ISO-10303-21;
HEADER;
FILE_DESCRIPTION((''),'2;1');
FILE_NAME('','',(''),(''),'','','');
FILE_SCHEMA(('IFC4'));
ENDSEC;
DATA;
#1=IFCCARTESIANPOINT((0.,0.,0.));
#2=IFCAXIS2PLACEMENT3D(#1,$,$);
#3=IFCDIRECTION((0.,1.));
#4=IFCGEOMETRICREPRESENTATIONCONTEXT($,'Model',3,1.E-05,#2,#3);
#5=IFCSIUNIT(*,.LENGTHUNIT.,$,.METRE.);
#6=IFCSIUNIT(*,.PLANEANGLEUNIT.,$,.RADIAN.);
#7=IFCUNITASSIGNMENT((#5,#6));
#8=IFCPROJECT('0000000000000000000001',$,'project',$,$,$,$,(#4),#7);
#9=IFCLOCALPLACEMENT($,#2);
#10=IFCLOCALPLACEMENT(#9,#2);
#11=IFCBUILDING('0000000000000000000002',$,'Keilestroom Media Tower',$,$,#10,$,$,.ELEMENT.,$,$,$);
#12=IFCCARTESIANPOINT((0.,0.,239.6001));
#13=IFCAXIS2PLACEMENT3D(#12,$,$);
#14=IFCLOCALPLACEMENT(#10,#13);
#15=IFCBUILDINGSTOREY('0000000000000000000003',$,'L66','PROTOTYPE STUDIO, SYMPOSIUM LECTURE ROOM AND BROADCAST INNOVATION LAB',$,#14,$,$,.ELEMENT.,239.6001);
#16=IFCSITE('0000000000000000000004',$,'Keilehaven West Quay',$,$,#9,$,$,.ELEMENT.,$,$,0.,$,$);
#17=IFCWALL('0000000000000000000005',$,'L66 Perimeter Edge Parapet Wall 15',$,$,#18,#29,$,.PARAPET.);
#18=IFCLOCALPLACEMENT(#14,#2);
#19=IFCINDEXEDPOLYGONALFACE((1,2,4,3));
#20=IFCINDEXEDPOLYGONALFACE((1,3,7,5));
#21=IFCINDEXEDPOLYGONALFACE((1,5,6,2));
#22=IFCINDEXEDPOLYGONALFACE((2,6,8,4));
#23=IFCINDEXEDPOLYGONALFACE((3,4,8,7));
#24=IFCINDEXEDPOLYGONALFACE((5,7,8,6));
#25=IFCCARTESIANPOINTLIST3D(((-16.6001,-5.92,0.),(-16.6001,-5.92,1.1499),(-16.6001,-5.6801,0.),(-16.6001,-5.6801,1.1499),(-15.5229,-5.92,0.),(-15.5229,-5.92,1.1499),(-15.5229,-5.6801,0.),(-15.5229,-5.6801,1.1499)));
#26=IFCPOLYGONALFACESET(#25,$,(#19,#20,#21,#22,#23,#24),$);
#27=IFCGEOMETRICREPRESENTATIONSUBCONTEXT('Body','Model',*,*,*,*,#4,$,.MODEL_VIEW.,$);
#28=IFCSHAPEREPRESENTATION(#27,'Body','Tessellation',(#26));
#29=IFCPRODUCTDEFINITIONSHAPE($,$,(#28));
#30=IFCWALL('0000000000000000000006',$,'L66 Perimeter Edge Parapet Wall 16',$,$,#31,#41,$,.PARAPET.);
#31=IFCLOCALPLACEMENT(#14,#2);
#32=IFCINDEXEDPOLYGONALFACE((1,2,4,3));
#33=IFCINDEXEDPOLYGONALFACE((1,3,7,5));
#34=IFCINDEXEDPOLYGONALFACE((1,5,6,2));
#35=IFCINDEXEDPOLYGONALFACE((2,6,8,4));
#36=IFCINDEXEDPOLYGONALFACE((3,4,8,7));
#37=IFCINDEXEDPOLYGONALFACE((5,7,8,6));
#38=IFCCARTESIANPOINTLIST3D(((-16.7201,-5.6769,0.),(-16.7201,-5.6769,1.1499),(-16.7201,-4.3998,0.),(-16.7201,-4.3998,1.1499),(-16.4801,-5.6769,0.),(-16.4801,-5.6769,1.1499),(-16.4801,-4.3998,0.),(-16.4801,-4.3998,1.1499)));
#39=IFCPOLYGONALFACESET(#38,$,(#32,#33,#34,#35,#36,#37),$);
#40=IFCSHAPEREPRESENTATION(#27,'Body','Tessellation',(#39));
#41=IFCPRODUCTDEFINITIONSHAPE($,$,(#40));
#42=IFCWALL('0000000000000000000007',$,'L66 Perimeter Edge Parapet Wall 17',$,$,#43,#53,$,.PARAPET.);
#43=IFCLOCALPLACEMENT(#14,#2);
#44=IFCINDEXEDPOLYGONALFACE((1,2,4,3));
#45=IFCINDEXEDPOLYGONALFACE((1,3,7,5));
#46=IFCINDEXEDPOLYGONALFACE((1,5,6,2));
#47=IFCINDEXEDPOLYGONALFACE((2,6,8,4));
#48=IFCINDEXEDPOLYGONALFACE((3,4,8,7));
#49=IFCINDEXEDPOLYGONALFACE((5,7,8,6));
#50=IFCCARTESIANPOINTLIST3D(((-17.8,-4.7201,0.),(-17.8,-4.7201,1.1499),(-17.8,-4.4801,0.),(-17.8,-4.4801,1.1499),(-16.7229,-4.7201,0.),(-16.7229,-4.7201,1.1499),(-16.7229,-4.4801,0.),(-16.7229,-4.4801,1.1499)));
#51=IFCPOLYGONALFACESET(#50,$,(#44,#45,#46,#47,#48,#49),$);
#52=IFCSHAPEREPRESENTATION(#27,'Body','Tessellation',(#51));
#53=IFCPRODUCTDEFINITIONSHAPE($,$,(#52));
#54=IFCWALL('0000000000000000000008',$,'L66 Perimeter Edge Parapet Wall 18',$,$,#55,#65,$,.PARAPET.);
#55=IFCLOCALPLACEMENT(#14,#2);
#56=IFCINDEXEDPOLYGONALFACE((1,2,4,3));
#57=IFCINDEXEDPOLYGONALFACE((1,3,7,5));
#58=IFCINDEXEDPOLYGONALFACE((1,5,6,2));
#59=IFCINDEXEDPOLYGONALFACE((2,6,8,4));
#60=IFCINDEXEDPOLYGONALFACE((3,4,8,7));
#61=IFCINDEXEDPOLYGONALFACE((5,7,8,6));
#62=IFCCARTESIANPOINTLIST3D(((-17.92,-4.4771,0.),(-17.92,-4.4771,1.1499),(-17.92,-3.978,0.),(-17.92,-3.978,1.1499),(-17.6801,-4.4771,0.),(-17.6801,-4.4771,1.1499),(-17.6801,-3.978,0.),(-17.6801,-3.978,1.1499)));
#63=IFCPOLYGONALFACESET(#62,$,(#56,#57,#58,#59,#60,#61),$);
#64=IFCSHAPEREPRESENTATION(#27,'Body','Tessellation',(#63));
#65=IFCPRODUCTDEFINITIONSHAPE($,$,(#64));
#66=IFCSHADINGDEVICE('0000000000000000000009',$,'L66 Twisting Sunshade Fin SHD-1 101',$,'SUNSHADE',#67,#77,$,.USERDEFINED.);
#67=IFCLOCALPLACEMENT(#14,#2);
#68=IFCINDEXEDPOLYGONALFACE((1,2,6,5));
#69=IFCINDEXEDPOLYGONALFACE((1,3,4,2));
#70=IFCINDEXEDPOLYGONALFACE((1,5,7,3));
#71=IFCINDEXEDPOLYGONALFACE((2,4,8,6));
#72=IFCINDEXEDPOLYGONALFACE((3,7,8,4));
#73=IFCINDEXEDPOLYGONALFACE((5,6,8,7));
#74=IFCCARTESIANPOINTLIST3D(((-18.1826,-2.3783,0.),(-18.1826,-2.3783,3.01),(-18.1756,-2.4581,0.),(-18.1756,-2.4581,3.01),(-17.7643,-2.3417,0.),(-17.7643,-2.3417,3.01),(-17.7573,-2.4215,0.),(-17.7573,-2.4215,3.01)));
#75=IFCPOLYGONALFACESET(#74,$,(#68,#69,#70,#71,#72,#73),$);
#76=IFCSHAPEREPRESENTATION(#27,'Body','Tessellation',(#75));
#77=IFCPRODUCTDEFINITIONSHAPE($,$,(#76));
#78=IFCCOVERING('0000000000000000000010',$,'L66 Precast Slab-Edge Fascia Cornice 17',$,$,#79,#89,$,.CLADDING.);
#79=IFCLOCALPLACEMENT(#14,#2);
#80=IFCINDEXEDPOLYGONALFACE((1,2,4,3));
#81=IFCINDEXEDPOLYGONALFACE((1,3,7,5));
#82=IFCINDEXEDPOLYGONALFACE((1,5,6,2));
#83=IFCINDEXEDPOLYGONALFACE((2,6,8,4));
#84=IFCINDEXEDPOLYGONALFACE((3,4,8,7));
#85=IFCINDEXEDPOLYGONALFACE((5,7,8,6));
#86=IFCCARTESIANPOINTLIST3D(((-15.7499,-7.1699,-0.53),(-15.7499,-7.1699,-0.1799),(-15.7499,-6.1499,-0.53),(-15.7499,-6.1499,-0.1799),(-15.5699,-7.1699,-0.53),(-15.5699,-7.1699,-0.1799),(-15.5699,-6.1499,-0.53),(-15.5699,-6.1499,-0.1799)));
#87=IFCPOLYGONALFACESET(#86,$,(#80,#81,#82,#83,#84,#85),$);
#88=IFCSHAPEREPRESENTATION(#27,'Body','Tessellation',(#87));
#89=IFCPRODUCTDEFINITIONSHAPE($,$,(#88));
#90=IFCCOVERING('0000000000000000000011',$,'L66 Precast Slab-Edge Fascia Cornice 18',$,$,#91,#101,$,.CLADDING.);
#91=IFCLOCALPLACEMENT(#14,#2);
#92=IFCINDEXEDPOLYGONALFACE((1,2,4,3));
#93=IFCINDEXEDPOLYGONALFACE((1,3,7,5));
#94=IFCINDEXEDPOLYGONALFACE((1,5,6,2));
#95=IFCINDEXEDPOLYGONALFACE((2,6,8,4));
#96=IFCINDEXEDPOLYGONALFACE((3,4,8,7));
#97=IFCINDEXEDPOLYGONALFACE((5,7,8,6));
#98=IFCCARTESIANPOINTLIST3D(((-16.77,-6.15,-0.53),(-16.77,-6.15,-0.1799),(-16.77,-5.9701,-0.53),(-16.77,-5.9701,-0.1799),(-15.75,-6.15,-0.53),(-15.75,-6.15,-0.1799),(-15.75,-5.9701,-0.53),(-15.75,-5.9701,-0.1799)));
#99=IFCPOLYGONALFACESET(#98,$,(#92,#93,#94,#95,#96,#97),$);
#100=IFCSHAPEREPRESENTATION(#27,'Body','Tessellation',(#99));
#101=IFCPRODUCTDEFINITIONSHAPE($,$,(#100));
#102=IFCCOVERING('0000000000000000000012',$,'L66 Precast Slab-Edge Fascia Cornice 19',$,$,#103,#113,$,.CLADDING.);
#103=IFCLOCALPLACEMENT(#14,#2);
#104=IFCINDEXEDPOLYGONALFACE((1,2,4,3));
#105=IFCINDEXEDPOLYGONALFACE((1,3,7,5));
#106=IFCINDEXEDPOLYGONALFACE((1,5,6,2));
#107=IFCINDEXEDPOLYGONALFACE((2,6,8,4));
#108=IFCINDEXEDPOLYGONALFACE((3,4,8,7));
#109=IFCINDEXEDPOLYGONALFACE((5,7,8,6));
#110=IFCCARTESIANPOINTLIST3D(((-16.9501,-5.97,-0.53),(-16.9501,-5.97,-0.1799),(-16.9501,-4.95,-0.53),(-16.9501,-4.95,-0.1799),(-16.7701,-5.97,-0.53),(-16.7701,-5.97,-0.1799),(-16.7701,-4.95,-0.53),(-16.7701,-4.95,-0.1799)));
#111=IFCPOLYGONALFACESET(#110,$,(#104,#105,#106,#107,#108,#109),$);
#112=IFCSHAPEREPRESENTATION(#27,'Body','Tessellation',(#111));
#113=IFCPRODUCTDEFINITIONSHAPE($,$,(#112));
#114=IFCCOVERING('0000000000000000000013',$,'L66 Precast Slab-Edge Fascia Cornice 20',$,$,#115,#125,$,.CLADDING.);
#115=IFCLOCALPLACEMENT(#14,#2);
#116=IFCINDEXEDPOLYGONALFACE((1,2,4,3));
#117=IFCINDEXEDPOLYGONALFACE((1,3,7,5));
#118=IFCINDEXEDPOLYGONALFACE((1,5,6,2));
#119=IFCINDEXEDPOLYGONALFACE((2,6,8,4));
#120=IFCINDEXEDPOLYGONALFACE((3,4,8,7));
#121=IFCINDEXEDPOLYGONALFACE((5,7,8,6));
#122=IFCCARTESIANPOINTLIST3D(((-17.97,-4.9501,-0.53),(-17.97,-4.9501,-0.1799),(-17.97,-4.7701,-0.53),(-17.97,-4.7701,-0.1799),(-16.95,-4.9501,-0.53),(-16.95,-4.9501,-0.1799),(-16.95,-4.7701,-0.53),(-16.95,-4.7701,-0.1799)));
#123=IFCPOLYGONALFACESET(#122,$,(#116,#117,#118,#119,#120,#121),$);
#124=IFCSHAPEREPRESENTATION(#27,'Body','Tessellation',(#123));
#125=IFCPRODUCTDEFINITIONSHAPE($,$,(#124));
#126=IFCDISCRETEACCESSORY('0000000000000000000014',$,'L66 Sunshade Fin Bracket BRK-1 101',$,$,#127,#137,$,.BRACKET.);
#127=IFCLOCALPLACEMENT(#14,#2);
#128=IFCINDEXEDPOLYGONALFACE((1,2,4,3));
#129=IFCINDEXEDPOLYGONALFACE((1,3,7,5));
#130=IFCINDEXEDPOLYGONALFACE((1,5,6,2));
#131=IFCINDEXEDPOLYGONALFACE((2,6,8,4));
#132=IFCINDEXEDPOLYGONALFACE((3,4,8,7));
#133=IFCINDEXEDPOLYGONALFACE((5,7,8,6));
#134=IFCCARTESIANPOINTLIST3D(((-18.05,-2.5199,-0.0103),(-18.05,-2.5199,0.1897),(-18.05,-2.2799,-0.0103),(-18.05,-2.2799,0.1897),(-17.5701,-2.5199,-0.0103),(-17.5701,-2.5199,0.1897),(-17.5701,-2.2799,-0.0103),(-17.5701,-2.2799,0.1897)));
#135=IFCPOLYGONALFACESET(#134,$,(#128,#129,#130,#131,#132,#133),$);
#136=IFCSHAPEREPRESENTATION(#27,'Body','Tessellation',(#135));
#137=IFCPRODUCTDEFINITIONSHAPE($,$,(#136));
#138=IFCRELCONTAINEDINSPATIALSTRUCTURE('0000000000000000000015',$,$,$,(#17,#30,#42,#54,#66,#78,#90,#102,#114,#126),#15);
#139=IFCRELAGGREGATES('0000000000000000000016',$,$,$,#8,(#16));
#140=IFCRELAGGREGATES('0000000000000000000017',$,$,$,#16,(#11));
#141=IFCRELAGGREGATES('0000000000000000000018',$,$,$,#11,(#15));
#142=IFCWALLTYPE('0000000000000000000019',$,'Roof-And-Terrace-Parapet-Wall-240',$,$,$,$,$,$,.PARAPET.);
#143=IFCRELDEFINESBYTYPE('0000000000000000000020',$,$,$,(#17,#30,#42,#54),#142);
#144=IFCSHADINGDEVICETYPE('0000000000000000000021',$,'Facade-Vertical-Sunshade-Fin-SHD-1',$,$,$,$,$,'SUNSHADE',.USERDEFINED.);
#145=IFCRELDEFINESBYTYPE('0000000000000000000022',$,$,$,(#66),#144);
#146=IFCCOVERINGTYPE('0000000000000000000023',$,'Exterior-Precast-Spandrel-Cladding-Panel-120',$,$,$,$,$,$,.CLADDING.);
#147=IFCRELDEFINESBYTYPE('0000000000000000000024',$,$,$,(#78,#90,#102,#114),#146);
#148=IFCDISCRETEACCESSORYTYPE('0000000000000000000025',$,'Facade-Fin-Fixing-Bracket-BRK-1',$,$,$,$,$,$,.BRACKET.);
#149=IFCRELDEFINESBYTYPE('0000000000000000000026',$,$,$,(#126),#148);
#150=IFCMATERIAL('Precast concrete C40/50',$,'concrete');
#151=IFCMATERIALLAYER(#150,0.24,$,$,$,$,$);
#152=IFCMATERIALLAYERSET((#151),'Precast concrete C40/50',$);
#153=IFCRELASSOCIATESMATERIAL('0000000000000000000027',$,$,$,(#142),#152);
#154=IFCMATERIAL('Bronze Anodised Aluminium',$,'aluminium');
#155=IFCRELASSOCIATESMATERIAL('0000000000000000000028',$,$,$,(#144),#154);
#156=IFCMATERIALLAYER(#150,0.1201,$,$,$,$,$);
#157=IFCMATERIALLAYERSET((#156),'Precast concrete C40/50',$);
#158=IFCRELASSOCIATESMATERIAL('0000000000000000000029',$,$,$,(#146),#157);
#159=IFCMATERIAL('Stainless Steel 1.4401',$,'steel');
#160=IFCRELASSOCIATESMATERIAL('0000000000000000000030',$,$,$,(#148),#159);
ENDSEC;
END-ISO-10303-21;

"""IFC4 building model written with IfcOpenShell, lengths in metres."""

from ifc_helpers import new_model, si_unit, direction, frame, frame_2d, origin, origin_2d, place, context, subcontext, project, spatial, rectangle, extrude, source, transform, mapped, material, layer, layer_set, type_object, element, save


model = new_model("IFC4")

# Units and contexts
model_context = context("Model", 3, precision=1e-05, world=origin(), true_north=direction((0.0, 1.0)))
body_context = subcontext(model_context, "Body", "Model", "MODEL_VIEW")
ifc_project = project(units=[si_unit("LENGTHUNIT", "METRE"), si_unit("PLANEANGLEUNIT", "RADIAN")], contexts=[model_context])

# Site, building, storey
site_placement = place(None, origin())
site = spatial("IfcSite", under=ifc_project, at=site_placement, Name="Keilehaven West Quay", CompositionType="ELEMENT", RefElevation=0.0)
building_placement = place(site_placement, origin())
building = spatial("IfcBuilding", under=site, at=building_placement, Name="Keilestroom Media Tower", CompositionType="ELEMENT")
storey_placement = place(building_placement, frame((0.0, 0.0, 239.6001)))
storey = spatial("IfcBuildingStorey", under=building, at=storey_placement, Name="L66", Description="PROTOTYPE STUDIO, SYMPOSIUM LECTURE ROOM AND BROADCAST INNOVATION LAB", CompositionType="ELEMENT", Elevation=239.6001)

# Shared definitions
ifc_material_1 = material(Name="Precast concrete C40/50", Category="concrete")

# Walls
ifc_layer_1 = layer(ifc_material_1, 0.24)
ifc_layer_set_1 = layer_set([ifc_layer_1], Name="Precast concrete C40/50")
wall_type = type_object("IfcWallType", Name="Roof-And-Terrace-Parapet-Wall-240", PredefinedType="PARAPET", material=ifc_layer_set_1)
wall_1_placement = place(storey_placement, frame((-15.5229, -5.8, 0.0), z_axis=(0.0, 0.0, 1.0), x_axis=(-1.0, 0.0, 0.0)))
element("IfcWall", 1, at=wall_1_placement, inside=storey, type_object=wall_type, Name="L66 Perimeter Edge Parapet Wall 15", PredefinedType="PARAPET", context=body_context, shape_type="SweptSolid", body=[
    extrude(rectangle(XDim=1.0771, YDim=0.24, at=frame_2d((0.5386, 0.0))), origin(), (0.0, 0.0, 1.0), 1.1499),
])
wall_2_placement = place(storey_placement, frame((-16.6001, -5.677, 0.0), z_axis=(0.0, 0.0, 1.0), x_axis=(0.0, 1.0, 0.0)))
element("IfcWall", 2, at=wall_2_placement, inside=storey, type_object=wall_type, Name="L66 Perimeter Edge Parapet Wall 16", PredefinedType="PARAPET", context=body_context, shape_type="SweptSolid", body=[
    extrude(rectangle(XDim=1.2771, YDim=0.24, at=frame_2d((0.6387, 0.0))), origin(), (0.0, 0.0, 1.0), 1.1499),
])
wall_3_placement = place(storey_placement, frame((-16.7229, -4.6001, 0.0), z_axis=(0.0, 0.0, 1.0), x_axis=(-1.0, 0.0, 0.0)))
element("IfcWall", 3, at=wall_3_placement, inside=storey, type_object=wall_type, Name="L66 Perimeter Edge Parapet Wall 17", PredefinedType="PARAPET", context=body_context, shape_type="SweptSolid", body=[
    extrude(rectangle(XDim=1.0771, YDim=0.24, at=frame_2d((0.5386, 0.0))), origin(), (0.0, 0.0, 1.0), 1.1499),
])
wall_4_placement = place(storey_placement, frame((-17.8, -4.4771, 0.0), z_axis=(0.0, 0.0, 1.0), x_axis=(0.0, 1.0, 0.0)))
element("IfcWall", 4, at=wall_4_placement, inside=storey, type_object=wall_type, Name="L66 Perimeter Edge Parapet Wall 18", PredefinedType="PARAPET", context=body_context, shape_type="SweptSolid", body=[
    extrude(rectangle(XDim=0.499, YDim=0.24, at=frame_2d((0.2495, 0.0))), origin(), (0.0, 0.0, 1.0), 1.1499),
])

# Shading device
ifc_material_2 = material(Name="Bronze Anodised Aluminium", Category="aluminium")
shading_device_type = type_object("IfcShadingDeviceType", Name="Facade-Vertical-Sunshade-Fin-SHD-1", ElementType="SUNSHADE", PredefinedType="USERDEFINED", material=ifc_material_2)
shared_shape_1 = source(origin(), body_context, "Body", "SweptSolid", [
    extrude(rectangle(XDim=0.4199, YDim=0.0801, at=origin_2d()), origin(), (0.0, 0.0, 1.0), 3.01),
])
shading_device_placement = place(storey_placement, frame((-17.97, -2.3999, 0.0), z_axis=(0.0, 0.0, 1.0), x_axis=(0.996195, 0.087156, 0.0)))
element("IfcShadingDevice", 5, at=shading_device_placement, inside=storey, type_object=shading_device_type, Name="L66 Twisting Sunshade Fin SHD-1 101", ObjectType="SUNSHADE", PredefinedType="USERDEFINED", context=body_context, shape_type="MappedRepresentation", body=[
    mapped(shared_shape_1, transform((0.0, 0.0, 0.0), x_axis=(1.0, 0.0, 0.0), y_axis=(0.0, 1.0, 0.0), z_axis=(0.0, 0.0, 1.0), scale=1.0)),
])

# Coverings
ifc_layer_2 = layer(ifc_material_1, 0.1201)
ifc_layer_set_2 = layer_set([ifc_layer_2], Name="Precast concrete C40/50")
covering_type = type_object("IfcCoveringType", Name="Exterior-Precast-Spandrel-Cladding-Panel-120", PredefinedType="CLADDING", material=ifc_layer_set_2)
shared_shape_2 = source(origin(), body_context, "Body", "SweptSolid", [
    extrude(rectangle(XDim=1.02, YDim=0.1799, at=origin_2d()), origin(), (0.0, 0.0, 1.0), 0.3501),
])
for number, where, z_axis, x_axis, name in (
    (6, (-15.6599, -6.6599, -0.53), (0.0, 0.0, 1.0), (0.0, 1.0, 0.0), "L66 Precast Slab-Edge Fascia Cornice 17"),
    (7, (-16.26, -6.0601, -0.53), (0.0, 0.0, 1.0), (-1.0, 0.0, 0.0), "L66 Precast Slab-Edge Fascia Cornice 18"),
    (8, (-16.8601, -5.46, -0.53), (0.0, 0.0, 1.0), (0.0, 1.0, 0.0), "L66 Precast Slab-Edge Fascia Cornice 19"),
    (9, (-17.46, -4.8601, -0.53), (0.0, 0.0, 1.0), (-1.0, 0.0, 0.0), "L66 Precast Slab-Edge Fascia Cornice 20"),
):
    element("IfcCovering", number, at=place(storey_placement, frame(where, z_axis=z_axis, x_axis=x_axis)), inside=storey, type_object=covering_type, Name=name, PredefinedType="CLADDING", context=body_context, shape_type="MappedRepresentation", body=[
        mapped(shared_shape_2, transform((0.0, 0.0, 0.0), x_axis=(1.0, 0.0, 0.0), y_axis=(0.0, 1.0, 0.0), z_axis=(0.0, 0.0, 1.0), scale=1.0)),
    ])

# Discrete accessory
ifc_material_3 = material(Name="Stainless Steel 1.4401", Category="steel")
discrete_accessory_type = type_object("IfcDiscreteAccessoryType", Name="Facade-Fin-Fixing-Bracket-BRK-1", PredefinedType="BRACKET", material=ifc_material_3)
shared_shape_3 = source(origin(), body_context, "Body", "SweptSolid", [
    extrude(rectangle(XDim=0.48, YDim=0.24, at=origin_2d()), origin(), (0.0, 0.0, 1.0), 0.2),
])
discrete_accessory_placement = place(storey_placement, frame((-17.8101, -2.3999, -0.0103), z_axis=(0.0, 0.0, 1.0), x_axis=(1.0, 0.0, 0.0)))
element("IfcDiscreteAccessory", 10, at=discrete_accessory_placement, inside=storey, type_object=discrete_accessory_type, Name="L66 Sunshade Fin Bracket BRK-1 101", PredefinedType="BRACKET", context=body_context, shape_type="MappedRepresentation", body=[
    mapped(shared_shape_3, transform((0.0, 0.0, 0.0), x_axis=(1.0, 0.0, 0.0), y_axis=(0.0, 1.0, 0.0), z_axis=(0.0, 0.0, 1.0), scale=1.0)),
])

save(model, "model.ifc")
